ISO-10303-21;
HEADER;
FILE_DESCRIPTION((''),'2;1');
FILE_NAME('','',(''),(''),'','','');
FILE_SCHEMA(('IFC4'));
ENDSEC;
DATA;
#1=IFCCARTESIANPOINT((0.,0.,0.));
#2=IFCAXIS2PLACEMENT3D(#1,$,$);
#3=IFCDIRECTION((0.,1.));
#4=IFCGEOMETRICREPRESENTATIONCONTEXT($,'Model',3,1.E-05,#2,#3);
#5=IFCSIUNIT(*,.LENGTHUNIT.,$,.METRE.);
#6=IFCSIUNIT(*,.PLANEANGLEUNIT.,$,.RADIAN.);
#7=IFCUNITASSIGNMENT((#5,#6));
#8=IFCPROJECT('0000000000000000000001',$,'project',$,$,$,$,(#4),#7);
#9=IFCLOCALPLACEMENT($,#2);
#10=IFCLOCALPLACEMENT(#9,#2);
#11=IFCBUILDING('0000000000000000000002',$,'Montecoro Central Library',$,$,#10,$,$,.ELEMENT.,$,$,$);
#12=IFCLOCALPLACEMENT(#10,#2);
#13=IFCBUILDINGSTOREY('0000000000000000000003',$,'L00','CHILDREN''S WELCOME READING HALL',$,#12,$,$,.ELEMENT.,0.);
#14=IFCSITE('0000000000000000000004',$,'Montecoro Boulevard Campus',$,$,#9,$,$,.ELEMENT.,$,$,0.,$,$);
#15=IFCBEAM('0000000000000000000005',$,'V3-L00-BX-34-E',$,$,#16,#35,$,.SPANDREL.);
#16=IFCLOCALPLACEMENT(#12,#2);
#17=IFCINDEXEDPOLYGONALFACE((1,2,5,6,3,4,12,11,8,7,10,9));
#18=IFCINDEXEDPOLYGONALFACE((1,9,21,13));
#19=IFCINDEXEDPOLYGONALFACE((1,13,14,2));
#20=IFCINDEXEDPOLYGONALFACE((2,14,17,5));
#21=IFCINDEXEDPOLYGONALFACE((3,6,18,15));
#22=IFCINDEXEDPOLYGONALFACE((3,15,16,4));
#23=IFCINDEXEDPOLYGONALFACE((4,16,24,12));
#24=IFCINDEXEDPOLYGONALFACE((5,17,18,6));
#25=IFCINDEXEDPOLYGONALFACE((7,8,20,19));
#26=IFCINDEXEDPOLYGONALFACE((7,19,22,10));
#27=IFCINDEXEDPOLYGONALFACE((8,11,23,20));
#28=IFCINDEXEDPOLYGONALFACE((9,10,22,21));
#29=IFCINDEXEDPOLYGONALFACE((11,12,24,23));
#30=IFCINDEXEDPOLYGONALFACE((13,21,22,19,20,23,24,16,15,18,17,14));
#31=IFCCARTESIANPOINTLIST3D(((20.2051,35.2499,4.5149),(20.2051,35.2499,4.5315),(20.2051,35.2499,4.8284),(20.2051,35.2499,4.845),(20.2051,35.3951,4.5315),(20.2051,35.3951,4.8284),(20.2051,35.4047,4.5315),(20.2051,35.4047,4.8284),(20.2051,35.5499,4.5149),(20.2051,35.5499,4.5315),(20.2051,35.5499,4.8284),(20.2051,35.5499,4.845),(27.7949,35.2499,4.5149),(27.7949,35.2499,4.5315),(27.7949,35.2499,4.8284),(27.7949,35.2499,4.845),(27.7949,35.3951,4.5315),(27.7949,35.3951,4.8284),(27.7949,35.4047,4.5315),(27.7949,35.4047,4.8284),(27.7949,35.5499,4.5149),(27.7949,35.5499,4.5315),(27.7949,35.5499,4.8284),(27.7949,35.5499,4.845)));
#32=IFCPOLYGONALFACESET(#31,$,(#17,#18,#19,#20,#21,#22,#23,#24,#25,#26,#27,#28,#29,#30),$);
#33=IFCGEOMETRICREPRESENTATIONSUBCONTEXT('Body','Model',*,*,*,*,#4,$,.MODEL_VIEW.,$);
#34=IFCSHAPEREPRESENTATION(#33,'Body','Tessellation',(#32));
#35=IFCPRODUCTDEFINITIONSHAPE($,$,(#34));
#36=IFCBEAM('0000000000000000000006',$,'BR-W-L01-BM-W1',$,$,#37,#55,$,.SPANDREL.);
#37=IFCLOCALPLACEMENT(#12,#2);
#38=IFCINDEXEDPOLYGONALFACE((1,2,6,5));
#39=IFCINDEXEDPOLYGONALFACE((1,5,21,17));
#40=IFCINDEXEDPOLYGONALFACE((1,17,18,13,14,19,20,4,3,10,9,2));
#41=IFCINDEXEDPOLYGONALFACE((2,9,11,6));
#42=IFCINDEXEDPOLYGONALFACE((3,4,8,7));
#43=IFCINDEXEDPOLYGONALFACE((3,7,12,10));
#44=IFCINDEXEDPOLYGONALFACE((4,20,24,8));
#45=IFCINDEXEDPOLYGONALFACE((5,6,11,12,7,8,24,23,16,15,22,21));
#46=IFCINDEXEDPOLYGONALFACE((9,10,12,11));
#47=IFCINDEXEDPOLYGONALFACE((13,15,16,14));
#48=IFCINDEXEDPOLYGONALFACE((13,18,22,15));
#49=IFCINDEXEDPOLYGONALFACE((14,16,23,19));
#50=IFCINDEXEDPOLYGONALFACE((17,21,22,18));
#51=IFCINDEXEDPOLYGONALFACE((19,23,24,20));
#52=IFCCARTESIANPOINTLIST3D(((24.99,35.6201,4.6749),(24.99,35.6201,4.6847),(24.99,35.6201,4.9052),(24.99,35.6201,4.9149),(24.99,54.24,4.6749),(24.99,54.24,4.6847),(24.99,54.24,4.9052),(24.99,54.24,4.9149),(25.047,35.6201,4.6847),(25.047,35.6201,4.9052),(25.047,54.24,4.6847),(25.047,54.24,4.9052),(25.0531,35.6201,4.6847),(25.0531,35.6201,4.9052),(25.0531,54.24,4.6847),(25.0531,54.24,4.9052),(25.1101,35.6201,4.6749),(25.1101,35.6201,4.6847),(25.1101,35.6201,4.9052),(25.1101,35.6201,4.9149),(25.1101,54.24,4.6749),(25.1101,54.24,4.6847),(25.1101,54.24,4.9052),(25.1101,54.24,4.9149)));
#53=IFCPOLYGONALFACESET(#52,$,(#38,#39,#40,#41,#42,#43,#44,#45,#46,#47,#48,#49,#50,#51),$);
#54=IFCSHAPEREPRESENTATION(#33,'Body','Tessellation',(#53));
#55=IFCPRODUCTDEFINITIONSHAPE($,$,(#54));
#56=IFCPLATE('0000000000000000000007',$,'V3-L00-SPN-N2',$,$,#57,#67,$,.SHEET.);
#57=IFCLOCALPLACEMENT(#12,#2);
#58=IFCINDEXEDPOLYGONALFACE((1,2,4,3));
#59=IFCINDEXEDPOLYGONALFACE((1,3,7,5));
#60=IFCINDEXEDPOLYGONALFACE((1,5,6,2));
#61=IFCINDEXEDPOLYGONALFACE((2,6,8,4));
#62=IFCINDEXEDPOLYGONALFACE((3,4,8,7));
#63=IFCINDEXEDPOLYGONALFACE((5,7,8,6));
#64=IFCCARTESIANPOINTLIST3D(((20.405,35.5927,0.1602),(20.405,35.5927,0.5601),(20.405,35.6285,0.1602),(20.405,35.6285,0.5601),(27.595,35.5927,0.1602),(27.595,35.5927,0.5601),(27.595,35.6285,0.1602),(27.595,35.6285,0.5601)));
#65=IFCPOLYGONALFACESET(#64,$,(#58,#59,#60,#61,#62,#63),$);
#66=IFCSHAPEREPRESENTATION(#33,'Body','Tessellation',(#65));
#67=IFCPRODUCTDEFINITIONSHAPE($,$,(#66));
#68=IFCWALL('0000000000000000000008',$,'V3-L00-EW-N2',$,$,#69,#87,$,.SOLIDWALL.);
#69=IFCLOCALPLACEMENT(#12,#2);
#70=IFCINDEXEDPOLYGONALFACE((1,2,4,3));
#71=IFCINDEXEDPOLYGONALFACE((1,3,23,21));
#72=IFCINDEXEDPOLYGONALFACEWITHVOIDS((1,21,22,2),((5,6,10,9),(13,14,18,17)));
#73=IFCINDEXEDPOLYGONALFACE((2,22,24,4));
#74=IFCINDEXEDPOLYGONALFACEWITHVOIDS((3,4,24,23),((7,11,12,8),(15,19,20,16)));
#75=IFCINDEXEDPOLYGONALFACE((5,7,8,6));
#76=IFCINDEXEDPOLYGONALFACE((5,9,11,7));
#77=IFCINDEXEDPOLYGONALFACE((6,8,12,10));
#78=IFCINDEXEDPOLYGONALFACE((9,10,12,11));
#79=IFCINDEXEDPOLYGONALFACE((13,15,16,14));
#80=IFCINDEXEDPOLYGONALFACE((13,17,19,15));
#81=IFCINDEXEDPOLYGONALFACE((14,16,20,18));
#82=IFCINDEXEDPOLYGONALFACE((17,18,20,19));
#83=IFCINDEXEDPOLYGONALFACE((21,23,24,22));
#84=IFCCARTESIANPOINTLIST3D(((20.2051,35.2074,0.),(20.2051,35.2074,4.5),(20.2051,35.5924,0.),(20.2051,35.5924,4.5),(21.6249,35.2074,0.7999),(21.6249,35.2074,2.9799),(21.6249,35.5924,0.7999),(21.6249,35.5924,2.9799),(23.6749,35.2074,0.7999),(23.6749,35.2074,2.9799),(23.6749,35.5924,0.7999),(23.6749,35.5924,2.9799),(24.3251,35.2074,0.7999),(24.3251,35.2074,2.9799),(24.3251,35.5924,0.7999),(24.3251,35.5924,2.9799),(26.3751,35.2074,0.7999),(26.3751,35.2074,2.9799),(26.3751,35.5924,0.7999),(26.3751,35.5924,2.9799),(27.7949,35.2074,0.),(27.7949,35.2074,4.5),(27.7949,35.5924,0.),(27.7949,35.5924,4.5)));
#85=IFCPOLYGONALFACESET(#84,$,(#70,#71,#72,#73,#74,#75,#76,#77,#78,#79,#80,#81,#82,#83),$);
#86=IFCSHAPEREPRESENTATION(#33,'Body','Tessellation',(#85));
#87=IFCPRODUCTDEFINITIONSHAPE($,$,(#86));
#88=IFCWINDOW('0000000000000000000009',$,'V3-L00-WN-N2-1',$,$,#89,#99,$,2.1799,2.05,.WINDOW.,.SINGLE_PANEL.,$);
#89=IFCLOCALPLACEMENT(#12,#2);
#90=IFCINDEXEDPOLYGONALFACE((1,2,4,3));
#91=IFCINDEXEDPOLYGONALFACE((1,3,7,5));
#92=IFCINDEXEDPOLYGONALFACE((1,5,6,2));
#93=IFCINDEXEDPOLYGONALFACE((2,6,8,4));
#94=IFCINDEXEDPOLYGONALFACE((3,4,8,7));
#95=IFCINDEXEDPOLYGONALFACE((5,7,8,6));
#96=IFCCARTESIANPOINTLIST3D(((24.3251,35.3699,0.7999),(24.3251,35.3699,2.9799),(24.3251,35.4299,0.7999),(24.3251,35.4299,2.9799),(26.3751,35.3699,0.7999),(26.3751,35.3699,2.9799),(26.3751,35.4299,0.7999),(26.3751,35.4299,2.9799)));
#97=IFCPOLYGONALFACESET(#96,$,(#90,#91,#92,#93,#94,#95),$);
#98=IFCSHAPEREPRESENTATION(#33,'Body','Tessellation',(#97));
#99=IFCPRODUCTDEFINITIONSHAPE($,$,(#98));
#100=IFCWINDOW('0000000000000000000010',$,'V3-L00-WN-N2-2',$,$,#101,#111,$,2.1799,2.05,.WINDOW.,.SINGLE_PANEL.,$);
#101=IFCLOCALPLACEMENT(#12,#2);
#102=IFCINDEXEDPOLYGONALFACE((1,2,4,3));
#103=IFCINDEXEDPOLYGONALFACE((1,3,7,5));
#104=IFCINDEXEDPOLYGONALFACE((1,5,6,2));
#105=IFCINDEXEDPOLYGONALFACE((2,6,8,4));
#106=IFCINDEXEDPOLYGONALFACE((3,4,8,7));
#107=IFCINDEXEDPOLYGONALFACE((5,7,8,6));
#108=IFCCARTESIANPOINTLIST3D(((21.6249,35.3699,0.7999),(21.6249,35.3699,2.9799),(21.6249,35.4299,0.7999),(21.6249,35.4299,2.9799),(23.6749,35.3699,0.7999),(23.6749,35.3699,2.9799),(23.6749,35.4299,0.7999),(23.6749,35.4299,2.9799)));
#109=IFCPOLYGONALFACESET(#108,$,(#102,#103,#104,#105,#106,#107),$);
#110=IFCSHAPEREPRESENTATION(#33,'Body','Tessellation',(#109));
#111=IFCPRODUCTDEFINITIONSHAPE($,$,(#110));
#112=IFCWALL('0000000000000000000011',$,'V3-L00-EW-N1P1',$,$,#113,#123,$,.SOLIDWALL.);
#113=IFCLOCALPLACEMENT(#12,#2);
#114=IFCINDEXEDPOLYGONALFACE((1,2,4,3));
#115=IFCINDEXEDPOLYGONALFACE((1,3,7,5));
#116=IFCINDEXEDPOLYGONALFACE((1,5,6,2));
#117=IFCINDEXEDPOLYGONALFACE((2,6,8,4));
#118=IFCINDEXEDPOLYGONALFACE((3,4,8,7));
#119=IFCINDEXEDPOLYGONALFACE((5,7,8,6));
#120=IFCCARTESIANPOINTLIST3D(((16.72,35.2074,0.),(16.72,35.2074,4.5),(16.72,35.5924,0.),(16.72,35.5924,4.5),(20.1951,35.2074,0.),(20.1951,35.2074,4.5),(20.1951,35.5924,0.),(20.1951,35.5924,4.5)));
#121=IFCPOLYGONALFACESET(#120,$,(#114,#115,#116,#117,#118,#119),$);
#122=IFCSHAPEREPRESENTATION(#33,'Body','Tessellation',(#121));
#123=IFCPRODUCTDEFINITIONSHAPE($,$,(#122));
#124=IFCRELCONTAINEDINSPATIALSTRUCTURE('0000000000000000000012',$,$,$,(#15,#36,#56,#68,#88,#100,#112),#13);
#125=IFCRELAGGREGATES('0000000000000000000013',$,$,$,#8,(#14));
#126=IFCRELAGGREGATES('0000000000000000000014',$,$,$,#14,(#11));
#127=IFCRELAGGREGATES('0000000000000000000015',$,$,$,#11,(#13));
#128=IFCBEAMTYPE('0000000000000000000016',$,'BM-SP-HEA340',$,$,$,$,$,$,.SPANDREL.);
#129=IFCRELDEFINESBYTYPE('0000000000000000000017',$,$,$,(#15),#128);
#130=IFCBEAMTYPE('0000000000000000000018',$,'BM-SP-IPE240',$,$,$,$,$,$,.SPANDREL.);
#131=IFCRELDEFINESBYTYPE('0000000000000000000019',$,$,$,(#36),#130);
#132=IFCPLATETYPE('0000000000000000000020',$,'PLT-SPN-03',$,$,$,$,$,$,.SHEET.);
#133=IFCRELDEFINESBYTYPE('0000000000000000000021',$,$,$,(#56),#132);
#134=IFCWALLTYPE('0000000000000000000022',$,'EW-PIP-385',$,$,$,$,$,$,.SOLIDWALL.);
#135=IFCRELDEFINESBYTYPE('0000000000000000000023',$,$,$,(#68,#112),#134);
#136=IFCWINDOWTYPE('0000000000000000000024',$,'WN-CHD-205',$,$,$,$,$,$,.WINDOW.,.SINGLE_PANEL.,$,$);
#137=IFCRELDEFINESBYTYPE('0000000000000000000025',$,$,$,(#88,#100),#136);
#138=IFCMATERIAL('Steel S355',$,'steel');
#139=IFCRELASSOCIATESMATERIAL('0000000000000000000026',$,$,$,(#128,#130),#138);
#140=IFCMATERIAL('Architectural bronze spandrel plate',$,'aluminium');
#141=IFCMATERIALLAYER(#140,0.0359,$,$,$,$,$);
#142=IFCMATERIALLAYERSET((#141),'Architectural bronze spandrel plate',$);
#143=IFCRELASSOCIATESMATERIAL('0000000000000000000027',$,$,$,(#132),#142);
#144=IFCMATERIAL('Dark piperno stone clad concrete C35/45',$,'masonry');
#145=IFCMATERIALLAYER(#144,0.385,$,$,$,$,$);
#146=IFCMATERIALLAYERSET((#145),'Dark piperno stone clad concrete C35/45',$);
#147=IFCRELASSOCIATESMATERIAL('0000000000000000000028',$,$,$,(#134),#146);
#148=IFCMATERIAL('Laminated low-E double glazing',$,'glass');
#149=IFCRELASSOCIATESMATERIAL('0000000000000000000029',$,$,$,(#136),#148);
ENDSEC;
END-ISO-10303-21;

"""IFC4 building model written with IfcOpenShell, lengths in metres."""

from ifc_helpers import new_model, si_unit, direction, frame, frame_2d, origin, origin_2d, place, context, subcontext, project, spatial, rectangle, i_section, extrude, material, layer, layer_set, material_profile, profile_set, type_object, element, fill, save


model = new_model("IFC4")

# Units and contexts
model_context = context("Model", 3, precision=1e-05, world=origin(), true_north=direction((0.0, 1.0)))
body_context = subcontext(model_context, "Body", "Model", "MODEL_VIEW")
ifc_project = project(units=[si_unit("LENGTHUNIT", "METRE"), si_unit("PLANEANGLEUNIT", "RADIAN")], contexts=[model_context])

# Site, building, storey
site_placement = place(None, origin())
site = spatial("IfcSite", under=ifc_project, at=site_placement, Name="Montecoro Boulevard Campus", CompositionType="ELEMENT", RefElevation=0.0)
building_placement = place(site_placement, origin())
building = spatial("IfcBuilding", under=site, at=building_placement, Name="Montecoro Central Library", CompositionType="ELEMENT")
storey_placement = place(building_placement, origin())
storey = spatial("IfcBuildingStorey", under=building, at=storey_placement, Name="L00", Description="CHILDREN'S WELCOME READING HALL", CompositionType="ELEMENT", Elevation=0.0)

# Shared definitions
ifc_material_1 = material(Name="Steel S355", Category="steel")

# Beams
ifc_material_profile_1 = material_profile(ifc_material_1, i_section(OverallWidth=0.3, OverallDepth=0.3301, WebThickness=0.0095, FlangeThickness=0.0166, at=origin_2d()), Name="HEA 340")
ifc_profile_set_1 = profile_set([ifc_material_profile_1], Name="Steel S355")
beam_type_1 = type_object("IfcBeamType", Name="BM-SP-HEA340", PredefinedType="SPANDREL", material=ifc_profile_set_1)
beam_1_placement = place(storey_placement, frame((20.2051, 35.3999, 4.6799), z_axis=(1.0, 0.0, 0.0), x_axis=(0.0, 1.0, 0.0)))
element("IfcBeam", 1, at=beam_1_placement, inside=storey, type_object=beam_type_1, Name="V3-L00-BX-34-E", PredefinedType="SPANDREL", context=body_context, shape_type="SweptSolid", body=[
    extrude(i_section(OverallWidth=0.3, OverallDepth=0.3301, WebThickness=0.0095, FlangeThickness=0.0166, at=origin_2d()), origin(), (0.0, 0.0, 1.0), 7.5898),
])
ifc_material_profile_2 = material_profile(ifc_material_1, i_section(OverallWidth=0.1201, OverallDepth=0.24, WebThickness=0.0061, FlangeThickness=0.0098, at=origin_2d()), Name="IPE 240")
ifc_profile_set_2 = profile_set([ifc_material_profile_2], Name="Steel S355")
beam_type_2 = type_object("IfcBeamType", Name="BM-SP-IPE240", PredefinedType="SPANDREL", material=ifc_profile_set_2)
beam_2_placement = place(storey_placement, frame((25.05, 35.6201, 4.7949), z_axis=(0.0, 1.0, 0.0), x_axis=(-1.0, 0.0, 0.0)))
element("IfcBeam", 2, at=beam_2_placement, inside=storey, type_object=beam_type_2, Name="BR-W-L01-BM-W1", PredefinedType="SPANDREL", context=body_context, shape_type="SweptSolid", body=[
    extrude(i_section(OverallWidth=0.1201, OverallDepth=0.24, WebThickness=0.0061, FlangeThickness=0.0098, at=origin_2d()), origin(), (0.0, 0.0, 1.0), 18.6199),
])

# Plate
ifc_material_2 = material(Name="Architectural bronze spandrel plate", Category="aluminium")
ifc_layer_1 = layer(ifc_material_2, 0.0359)
ifc_layer_set_1 = layer_set([ifc_layer_1], Name="Architectural bronze spandrel plate")
plate_type = type_object("IfcPlateType", Name="PLT-SPN-03", PredefinedType="SHEET", material=ifc_layer_set_1)
plate_placement = place(storey_placement, frame((24.0, 35.6106, 0.1602), z_axis=(0.0, 0.0, 1.0), x_axis=(-1.0, 0.0, 0.0)))
element("IfcPlate", 3, at=plate_placement, inside=storey, type_object=plate_type, Name="V3-L00-SPN-N2", PredefinedType="SHEET", context=body_context, shape_type="SweptSolid", body=[
    extrude(rectangle(XDim=7.1899, YDim=0.0359, at=origin_2d()), origin(), (0.0, 0.0, 1.0), 0.3999),
])

# Wall, openings, windows
ifc_material_3 = material(Name="Dark piperno stone clad concrete C35/45", Category="masonry")
ifc_layer_2 = layer(ifc_material_3, 0.385)
ifc_layer_set_2 = layer_set([ifc_layer_2], Name="Dark piperno stone clad concrete C35/45")
wall_type = type_object("IfcWallType", Name="EW-PIP-385", PredefinedType="SOLIDWALL", material=ifc_layer_set_2)
wall_1_placement = place(storey_placement, frame((27.7949, 35.3999, 0.0), z_axis=(0.0, 0.0, 1.0), x_axis=(-1.0, 0.0, 0.0)))
wall_1 = element("IfcWall", 4, at=wall_1_placement, inside=storey, type_object=wall_type, Name="V3-L00-EW-N2", PredefinedType="SOLIDWALL", context=body_context, shape_type="SweptSolid", body=[
    extrude(rectangle(XDim=7.5898, YDim=0.385, at=frame_2d((3.7949, 0.0))), origin(), (0.0, 0.0, 1.0), 4.5),
])
opening_1_placement = place(wall_1_placement, frame((1.4199, 0.0, 0.8)))
opening_1 = element("IfcOpeningElement", 5, at=opening_1_placement, cuts=wall_1, PredefinedType="OPENING", context=body_context, shape_type="SweptSolid", body=[
    extrude(rectangle(XDim=2.05, YDim=2.1799, at=frame_2d((1.0249, 1.0898))), frame((0.0, 0.2024, 0.0), z_axis=(0.0, -1.0, 0.0), x_axis=(1.0, 0.0, 0.0)), (0.0, 0.0, 1.0), 0.405),
])
opening_2_placement = place(wall_1_placement, frame((4.1201, 0.0, 0.8)))
opening_2 = element("IfcOpeningElement", 6, at=opening_2_placement, cuts=wall_1, PredefinedType="OPENING", context=body_context, shape_type="SweptSolid", body=[
    extrude(rectangle(XDim=2.05, YDim=2.1799, at=frame_2d((1.0249, 1.0898))), frame((0.0, 0.2024, 0.0), z_axis=(0.0, -1.0, 0.0), x_axis=(1.0, 0.0, 0.0)), (0.0, 0.0, 1.0), 0.405),
])
ifc_material_4 = material(Name="Laminated low-E double glazing", Category="glass")
window_type = type_object("IfcWindowType", Name="WN-CHD-205", PartitioningType="SINGLE_PANEL", PredefinedType="WINDOW", material=ifc_material_4)
window_1_placement = place(opening_1_placement, origin())
window_1 = element("IfcWindow", 7, at=window_1_placement, inside=storey, type_object=window_type, Name="V3-L00-WN-N2-1", OverallHeight=2.1799, OverallWidth=2.05, PartitioningType="SINGLE_PANEL", PredefinedType="WINDOW", context=body_context, shape_type="SweptSolid", body=[
    extrude(rectangle(XDim=2.05, YDim=2.1799, at=frame_2d((1.0249, 1.0898))), frame((0.0, 0.03, 0.0), z_axis=(0.0, -1.0, 0.0), x_axis=(1.0, 0.0, 0.0)), (0.0, 0.0, 1.0), 0.0601),
])
fill(opening_1, window_1)
window_2_placement = place(opening_2_placement, origin())
window_2 = element("IfcWindow", 8, at=window_2_placement, inside=storey, type_object=window_type, Name="V3-L00-WN-N2-2", OverallHeight=2.1799, OverallWidth=2.05, PartitioningType="SINGLE_PANEL", PredefinedType="WINDOW", context=body_context, shape_type="SweptSolid", body=[
    extrude(rectangle(XDim=2.05, YDim=2.1799, at=frame_2d((1.0249, 1.0898))), frame((0.0, 0.03, 0.0), z_axis=(0.0, -1.0, 0.0), x_axis=(1.0, 0.0, 0.0)), (0.0, 0.0, 1.0), 0.0601),
])
fill(opening_2, window_2)

# Wall
wall_2_placement = place(storey_placement, frame((20.1951, 35.3999, 0.0), z_axis=(0.0, 0.0, 1.0), x_axis=(-1.0, 0.0, 0.0)))
element("IfcWall", 9, at=wall_2_placement, inside=storey, type_object=wall_type, Name="V3-L00-EW-N1P1", PredefinedType="SOLIDWALL", context=body_context, shape_type="SweptSolid", body=[
    extrude(rectangle(XDim=3.4751, YDim=0.385, at=frame_2d((1.7375, 0.0))), origin(), (0.0, 0.0, 1.0), 4.5),
])

save(model, "model.ifc")
